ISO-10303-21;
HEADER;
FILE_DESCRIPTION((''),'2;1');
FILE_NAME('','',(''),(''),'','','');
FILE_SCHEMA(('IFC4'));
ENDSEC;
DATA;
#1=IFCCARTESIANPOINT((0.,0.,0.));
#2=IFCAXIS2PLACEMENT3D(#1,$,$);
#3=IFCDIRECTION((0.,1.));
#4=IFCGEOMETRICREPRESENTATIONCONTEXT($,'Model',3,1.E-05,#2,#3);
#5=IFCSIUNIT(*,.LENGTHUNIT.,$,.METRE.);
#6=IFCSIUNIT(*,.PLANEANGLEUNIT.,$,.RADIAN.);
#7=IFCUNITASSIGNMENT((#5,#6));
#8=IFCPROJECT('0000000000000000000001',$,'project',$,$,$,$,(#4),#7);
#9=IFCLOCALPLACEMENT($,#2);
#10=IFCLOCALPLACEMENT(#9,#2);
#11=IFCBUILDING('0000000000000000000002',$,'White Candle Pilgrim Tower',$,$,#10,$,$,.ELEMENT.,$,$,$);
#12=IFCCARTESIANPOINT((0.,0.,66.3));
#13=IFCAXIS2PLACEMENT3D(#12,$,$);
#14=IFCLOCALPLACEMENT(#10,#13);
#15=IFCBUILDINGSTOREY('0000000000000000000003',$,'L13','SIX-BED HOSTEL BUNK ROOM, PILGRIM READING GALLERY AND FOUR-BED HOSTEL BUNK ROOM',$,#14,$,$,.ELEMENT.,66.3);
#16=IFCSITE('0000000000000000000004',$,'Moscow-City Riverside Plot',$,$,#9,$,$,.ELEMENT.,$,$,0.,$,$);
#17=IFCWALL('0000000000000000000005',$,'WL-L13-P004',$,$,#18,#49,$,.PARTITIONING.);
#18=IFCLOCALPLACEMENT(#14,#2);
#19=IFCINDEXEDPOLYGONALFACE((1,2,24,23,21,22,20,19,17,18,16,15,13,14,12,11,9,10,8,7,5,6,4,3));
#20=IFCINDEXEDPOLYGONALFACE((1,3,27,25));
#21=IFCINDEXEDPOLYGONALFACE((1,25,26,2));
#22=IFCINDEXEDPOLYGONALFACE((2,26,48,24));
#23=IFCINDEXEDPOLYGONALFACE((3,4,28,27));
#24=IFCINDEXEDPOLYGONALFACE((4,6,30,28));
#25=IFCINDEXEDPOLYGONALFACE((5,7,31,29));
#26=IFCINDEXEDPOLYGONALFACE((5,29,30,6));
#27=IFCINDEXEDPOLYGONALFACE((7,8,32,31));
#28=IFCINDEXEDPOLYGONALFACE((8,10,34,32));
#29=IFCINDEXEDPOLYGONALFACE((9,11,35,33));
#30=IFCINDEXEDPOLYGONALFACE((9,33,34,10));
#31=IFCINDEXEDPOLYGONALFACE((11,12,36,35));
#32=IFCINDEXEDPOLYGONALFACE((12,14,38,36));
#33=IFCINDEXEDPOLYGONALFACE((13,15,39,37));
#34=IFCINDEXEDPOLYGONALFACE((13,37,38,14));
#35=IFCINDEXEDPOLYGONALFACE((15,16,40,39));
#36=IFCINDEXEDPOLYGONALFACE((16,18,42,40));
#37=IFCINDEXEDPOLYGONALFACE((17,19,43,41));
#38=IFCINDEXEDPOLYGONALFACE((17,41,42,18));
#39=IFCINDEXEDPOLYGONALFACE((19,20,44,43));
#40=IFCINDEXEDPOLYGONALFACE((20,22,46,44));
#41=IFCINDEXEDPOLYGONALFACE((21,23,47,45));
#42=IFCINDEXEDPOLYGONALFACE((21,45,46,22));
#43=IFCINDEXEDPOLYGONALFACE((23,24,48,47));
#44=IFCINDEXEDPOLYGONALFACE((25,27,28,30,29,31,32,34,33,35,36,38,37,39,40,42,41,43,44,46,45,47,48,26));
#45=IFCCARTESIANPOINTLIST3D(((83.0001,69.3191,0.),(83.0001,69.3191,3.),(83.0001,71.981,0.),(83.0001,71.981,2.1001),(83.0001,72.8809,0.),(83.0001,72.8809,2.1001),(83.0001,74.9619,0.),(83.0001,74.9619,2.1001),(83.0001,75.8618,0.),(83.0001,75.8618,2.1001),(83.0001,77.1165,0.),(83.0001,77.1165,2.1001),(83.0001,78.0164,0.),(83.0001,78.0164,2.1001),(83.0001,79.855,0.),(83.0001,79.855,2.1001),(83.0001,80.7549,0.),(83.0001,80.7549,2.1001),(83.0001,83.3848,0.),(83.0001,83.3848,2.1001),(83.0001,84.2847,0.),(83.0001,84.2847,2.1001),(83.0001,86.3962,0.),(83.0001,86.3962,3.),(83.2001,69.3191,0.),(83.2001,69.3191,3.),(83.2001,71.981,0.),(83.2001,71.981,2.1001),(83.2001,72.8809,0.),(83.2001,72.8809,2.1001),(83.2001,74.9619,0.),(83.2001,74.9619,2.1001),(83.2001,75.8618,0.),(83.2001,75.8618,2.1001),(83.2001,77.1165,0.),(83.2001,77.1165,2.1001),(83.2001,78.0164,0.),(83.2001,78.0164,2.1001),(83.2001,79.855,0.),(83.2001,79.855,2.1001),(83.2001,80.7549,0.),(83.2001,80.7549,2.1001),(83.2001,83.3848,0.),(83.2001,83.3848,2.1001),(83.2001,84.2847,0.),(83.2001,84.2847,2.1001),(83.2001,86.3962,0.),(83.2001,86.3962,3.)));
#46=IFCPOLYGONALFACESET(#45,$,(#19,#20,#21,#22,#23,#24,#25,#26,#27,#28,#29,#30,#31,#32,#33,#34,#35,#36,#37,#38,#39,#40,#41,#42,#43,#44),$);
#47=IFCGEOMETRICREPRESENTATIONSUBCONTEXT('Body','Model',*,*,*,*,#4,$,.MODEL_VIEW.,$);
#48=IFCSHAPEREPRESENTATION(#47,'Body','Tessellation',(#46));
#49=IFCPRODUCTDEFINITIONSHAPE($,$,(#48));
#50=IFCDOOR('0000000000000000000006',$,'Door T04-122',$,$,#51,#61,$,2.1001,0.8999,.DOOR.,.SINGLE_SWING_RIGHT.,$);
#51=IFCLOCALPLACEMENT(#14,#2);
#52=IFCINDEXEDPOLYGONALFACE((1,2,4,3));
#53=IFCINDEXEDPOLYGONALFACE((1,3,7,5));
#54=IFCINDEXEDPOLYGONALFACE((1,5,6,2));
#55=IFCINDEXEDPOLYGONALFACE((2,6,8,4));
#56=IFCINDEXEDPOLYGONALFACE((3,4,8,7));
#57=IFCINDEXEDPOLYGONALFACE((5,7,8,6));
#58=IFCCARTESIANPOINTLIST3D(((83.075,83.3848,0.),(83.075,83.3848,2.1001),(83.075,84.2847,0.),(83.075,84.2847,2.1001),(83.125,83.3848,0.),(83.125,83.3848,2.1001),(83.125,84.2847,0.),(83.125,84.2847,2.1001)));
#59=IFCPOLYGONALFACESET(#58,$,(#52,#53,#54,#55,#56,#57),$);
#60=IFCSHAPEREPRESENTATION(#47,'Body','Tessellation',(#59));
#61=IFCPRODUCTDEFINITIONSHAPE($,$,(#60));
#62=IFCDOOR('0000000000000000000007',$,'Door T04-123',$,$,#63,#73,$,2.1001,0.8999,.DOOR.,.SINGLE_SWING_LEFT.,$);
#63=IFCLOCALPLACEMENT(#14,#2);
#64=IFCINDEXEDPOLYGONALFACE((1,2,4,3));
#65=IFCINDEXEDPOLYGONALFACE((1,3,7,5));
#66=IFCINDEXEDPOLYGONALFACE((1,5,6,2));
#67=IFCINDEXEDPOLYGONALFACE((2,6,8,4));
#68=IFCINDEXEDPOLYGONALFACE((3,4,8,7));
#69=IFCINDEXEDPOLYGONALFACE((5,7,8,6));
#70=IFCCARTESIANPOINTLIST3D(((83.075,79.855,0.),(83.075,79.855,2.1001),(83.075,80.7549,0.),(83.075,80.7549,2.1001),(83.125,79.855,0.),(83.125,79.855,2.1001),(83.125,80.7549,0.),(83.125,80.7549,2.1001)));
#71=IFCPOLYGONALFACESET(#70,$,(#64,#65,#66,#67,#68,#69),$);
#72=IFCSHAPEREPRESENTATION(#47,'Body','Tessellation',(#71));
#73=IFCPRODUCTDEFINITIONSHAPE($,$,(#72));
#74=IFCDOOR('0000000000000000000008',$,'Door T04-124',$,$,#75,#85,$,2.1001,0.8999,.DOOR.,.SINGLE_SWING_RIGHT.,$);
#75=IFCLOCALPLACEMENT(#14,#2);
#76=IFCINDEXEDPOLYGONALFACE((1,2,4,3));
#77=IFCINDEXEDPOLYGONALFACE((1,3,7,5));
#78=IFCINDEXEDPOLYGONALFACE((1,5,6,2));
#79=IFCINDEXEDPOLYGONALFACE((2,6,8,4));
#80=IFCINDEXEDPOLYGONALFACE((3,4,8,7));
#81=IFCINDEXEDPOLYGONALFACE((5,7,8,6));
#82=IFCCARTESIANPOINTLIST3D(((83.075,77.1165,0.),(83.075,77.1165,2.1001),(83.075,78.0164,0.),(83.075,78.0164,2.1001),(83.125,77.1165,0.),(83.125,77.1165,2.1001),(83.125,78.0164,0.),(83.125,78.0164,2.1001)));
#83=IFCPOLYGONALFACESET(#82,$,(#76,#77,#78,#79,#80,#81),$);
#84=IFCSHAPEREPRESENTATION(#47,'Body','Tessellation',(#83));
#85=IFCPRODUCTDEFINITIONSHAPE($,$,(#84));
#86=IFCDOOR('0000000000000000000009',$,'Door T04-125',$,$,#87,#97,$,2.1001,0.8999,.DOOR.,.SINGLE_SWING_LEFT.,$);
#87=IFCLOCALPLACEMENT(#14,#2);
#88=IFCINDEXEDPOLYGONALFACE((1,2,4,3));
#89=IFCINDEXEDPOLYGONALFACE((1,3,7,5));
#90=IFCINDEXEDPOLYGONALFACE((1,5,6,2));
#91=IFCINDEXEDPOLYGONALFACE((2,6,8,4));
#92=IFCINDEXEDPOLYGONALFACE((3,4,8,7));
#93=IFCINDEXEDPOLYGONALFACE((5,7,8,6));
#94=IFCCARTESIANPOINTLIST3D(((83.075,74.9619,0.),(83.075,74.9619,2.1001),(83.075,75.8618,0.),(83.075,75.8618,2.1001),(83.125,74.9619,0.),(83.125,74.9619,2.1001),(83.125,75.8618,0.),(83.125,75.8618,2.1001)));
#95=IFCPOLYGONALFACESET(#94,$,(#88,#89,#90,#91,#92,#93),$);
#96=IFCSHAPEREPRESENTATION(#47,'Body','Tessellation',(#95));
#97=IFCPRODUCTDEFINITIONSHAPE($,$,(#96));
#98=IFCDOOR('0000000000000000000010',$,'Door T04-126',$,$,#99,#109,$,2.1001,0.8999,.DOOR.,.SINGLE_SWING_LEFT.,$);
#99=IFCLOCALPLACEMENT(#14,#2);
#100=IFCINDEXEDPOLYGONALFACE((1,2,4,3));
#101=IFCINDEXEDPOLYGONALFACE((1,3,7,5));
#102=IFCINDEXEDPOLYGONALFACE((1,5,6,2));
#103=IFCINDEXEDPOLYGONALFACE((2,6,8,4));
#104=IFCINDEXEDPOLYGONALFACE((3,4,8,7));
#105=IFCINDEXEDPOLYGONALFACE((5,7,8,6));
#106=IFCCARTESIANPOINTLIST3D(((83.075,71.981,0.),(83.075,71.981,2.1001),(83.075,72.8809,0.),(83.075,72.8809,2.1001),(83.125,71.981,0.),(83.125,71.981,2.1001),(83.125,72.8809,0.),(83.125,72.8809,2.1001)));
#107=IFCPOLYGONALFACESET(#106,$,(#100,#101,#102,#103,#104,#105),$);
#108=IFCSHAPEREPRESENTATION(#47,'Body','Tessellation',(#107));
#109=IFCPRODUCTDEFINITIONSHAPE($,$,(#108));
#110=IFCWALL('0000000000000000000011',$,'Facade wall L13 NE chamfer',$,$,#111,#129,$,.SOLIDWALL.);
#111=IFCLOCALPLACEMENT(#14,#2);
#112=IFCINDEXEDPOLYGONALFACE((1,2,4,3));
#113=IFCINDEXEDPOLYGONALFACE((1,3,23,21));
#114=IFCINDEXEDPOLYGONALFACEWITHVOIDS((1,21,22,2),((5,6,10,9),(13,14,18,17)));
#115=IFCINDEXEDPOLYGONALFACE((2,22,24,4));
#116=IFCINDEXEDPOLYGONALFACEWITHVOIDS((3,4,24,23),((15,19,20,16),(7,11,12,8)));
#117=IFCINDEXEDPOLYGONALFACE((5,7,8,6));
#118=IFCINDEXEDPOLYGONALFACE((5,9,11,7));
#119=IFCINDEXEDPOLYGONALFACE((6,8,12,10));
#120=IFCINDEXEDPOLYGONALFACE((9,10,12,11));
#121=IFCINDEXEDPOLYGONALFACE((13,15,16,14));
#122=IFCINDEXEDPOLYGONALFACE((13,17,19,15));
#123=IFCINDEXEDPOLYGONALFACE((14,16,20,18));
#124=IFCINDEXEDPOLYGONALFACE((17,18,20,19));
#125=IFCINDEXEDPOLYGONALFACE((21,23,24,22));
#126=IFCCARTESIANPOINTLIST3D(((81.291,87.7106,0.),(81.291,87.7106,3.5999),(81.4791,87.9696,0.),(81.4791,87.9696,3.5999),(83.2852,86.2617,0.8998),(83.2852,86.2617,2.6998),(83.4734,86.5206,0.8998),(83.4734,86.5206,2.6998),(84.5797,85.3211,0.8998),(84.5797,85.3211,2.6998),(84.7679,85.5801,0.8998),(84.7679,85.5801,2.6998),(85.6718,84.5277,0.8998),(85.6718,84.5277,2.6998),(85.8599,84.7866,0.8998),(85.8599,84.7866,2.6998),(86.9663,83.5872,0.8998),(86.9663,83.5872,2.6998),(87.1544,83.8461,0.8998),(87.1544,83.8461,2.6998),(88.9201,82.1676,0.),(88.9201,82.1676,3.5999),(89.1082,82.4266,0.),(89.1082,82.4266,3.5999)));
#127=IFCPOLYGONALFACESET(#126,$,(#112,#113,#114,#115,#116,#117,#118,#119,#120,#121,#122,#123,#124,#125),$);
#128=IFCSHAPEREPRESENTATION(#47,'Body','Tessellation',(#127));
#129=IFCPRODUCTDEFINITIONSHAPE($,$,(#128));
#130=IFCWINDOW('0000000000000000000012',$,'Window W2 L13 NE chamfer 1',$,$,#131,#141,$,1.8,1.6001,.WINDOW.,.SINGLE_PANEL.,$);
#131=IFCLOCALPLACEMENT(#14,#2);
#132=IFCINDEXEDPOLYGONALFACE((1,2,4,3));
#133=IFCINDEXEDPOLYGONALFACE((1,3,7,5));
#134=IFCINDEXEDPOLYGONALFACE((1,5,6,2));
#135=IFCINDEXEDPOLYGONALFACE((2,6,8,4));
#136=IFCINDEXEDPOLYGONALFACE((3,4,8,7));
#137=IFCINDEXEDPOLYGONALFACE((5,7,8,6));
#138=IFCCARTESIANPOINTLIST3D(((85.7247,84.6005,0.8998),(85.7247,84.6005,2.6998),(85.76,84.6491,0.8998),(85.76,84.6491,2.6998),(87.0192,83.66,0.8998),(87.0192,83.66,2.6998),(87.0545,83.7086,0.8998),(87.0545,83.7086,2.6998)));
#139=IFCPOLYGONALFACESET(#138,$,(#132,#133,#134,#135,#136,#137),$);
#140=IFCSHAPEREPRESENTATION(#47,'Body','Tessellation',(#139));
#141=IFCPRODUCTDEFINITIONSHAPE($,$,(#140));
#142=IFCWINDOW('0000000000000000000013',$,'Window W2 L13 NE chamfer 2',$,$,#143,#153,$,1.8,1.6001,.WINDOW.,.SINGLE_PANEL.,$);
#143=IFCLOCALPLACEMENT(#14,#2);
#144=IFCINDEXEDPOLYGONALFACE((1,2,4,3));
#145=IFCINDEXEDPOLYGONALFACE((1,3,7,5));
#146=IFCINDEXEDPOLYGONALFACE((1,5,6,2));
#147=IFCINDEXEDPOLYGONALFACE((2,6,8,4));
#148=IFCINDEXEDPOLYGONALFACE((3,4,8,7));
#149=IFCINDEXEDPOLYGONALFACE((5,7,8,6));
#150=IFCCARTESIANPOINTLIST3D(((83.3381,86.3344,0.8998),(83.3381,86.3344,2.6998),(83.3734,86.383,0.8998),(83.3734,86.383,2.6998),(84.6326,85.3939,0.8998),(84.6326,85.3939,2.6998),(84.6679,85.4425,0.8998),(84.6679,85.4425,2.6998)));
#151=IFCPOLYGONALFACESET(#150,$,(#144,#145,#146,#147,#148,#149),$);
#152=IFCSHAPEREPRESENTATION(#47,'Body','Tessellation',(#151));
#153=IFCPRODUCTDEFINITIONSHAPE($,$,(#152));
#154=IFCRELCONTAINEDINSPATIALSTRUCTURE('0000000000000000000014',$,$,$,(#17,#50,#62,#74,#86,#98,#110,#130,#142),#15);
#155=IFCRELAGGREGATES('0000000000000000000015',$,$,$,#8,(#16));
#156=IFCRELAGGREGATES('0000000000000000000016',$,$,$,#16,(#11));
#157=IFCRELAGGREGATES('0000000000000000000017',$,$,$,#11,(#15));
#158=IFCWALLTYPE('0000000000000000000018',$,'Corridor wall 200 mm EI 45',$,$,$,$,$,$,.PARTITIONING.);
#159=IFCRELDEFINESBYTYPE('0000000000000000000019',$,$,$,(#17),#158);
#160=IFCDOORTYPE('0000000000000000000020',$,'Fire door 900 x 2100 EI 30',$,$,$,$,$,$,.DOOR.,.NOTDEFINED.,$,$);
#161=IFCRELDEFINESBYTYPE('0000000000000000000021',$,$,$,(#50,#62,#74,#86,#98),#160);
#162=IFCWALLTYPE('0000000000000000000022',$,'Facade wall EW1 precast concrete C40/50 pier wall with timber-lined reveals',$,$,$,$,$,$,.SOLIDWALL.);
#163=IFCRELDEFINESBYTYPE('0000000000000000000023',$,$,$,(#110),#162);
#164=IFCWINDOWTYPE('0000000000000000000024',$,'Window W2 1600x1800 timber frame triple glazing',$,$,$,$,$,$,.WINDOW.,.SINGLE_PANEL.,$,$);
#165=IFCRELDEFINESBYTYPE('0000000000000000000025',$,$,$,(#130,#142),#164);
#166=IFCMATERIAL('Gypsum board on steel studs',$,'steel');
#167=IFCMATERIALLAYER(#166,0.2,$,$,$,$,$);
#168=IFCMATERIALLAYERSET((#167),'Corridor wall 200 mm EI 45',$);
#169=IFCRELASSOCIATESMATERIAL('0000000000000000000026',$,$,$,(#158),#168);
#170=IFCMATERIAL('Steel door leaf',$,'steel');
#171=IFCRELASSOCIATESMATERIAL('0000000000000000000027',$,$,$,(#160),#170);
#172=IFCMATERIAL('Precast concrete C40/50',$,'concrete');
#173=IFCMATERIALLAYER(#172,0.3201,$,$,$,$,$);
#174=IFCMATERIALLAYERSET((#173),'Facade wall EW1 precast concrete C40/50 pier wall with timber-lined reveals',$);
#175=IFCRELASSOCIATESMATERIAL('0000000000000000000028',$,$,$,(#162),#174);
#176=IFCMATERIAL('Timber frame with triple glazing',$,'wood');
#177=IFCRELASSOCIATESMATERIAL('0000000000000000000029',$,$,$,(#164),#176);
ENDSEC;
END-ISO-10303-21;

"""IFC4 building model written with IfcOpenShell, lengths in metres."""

from ifc_helpers import new_model, si_unit, direction, frame, frame_2d, origin, place, context, subcontext, project, spatial, rectangle, extrude, material, layer, layer_set, type_object, element, fill, save


model = new_model("IFC4")

# Units and contexts
model_context = context("Model", 3, precision=1e-05, world=origin(), true_north=direction((0.0, 1.0)))
body_context = subcontext(model_context, "Body", "Model", "MODEL_VIEW")
ifc_project = project(units=[si_unit("LENGTHUNIT", "METRE"), si_unit("PLANEANGLEUNIT", "RADIAN")], contexts=[model_context])

# Site, building, storey
site_placement = place(None, origin())
site = spatial("IfcSite", under=ifc_project, at=site_placement, Name="Moscow-City Riverside Plot", CompositionType="ELEMENT", RefElevation=0.0)
building_placement = place(site_placement, origin())
building = spatial("IfcBuilding", under=site, at=building_placement, Name="White Candle Pilgrim Tower", CompositionType="ELEMENT")
storey_placement = place(building_placement, frame((0.0, 0.0, 66.3)))
storey = spatial("IfcBuildingStorey", under=building, at=storey_placement, Name="L13", Description="SIX-BED HOSTEL BUNK ROOM, PILGRIM READING GALLERY AND FOUR-BED HOSTEL BUNK ROOM", CompositionType="ELEMENT", Elevation=66.3)

# Shared definitions
ifc_material_1 = material(Name="Steel door leaf", Category="steel")

# Wall, openings, doors
ifc_material_2 = material(Name="Gypsum board on steel studs", Category="steel")
ifc_layer_1 = layer(ifc_material_2, 0.2)
ifc_layer_set_1 = layer_set([ifc_layer_1], Name="Corridor wall 200 mm EI 45")
wall_type_1 = type_object("IfcWallType", Name="Corridor wall 200 mm EI 45", PredefinedType="PARTITIONING", material=ifc_layer_set_1)
wall_1_placement = place(storey_placement, frame((83.1001, 86.3962, 0.0), z_axis=(0.0, 0.0, 1.0), x_axis=(0.0, -1.0, 0.0)))
wall_1 = element("IfcWall", 1, at=wall_1_placement, inside=storey, type_object=wall_type_1, Name="WL-L13-P004", PredefinedType="PARTITIONING", context=body_context, shape_type="SweptSolid", body=[
    extrude(rectangle(XDim=17.0771, YDim=0.2, at=frame_2d((8.5386, 0.0))), origin(), (0.0, 0.0, 1.0), 3.0),
])
opening_1_placement = place(wall_1_placement, frame((2.1116, 0.0, 0.0)))
opening_1 = element("IfcOpeningElement", 2, at=opening_1_placement, cuts=wall_1, PredefinedType="OPENING", context=body_context, shape_type="SweptSolid", body=[
    extrude(rectangle(XDim=0.8999, YDim=2.1001, at=frame_2d((0.45, 1.05))), frame((0.0, 0.1099, 0.0), z_axis=(0.0, -1.0, 0.0), x_axis=(1.0, 0.0, 0.0)), (0.0, 0.0, 1.0), 0.22),
])
opening_2_placement = place(wall_1_placement, frame((5.6414, 0.0, 0.0)))
opening_2 = element("IfcOpeningElement", 3, at=opening_2_placement, cuts=wall_1, PredefinedType="OPENING", context=body_context, shape_type="SweptSolid", body=[
    extrude(rectangle(XDim=0.8999, YDim=2.1001, at=frame_2d((0.45, 1.05))), frame((0.0, 0.1099, 0.0), z_axis=(0.0, -1.0, 0.0), x_axis=(1.0, 0.0, 0.0)), (0.0, 0.0, 1.0), 0.22),
])
opening_3_placement = place(wall_1_placement, frame((8.3799, 0.0, 0.0)))
opening_3 = element("IfcOpeningElement", 4, at=opening_3_placement, cuts=wall_1, PredefinedType="OPENING", context=body_context, shape_type="SweptSolid", body=[
    extrude(rectangle(XDim=0.8999, YDim=2.1001, at=frame_2d((0.45, 1.05))), frame((0.0, 0.1099, 0.0), z_axis=(0.0, -1.0, 0.0), x_axis=(1.0, 0.0, 0.0)), (0.0, 0.0, 1.0), 0.22),
])
opening_4_placement = place(wall_1_placement, frame((10.5344, 0.0, 0.0)))
opening_4 = element("IfcOpeningElement", 5, at=opening_4_placement, cuts=wall_1, PredefinedType="OPENING", context=body_context, shape_type="SweptSolid", body=[
    extrude(rectangle(XDim=0.8999, YDim=2.1001, at=frame_2d((0.45, 1.05))), frame((0.0, 0.1099, 0.0), z_axis=(0.0, -1.0, 0.0), x_axis=(1.0, 0.0, 0.0)), (0.0, 0.0, 1.0), 0.22),
])
opening_5_placement = place(wall_1_placement, frame((13.5154, 0.0, 0.0)))
opening_5 = element("IfcOpeningElement", 6, at=opening_5_placement, cuts=wall_1, PredefinedType="OPENING", context=body_context, shape_type="SweptSolid", body=[
    extrude(rectangle(XDim=0.8999, YDim=2.1001, at=frame_2d((0.45, 1.05))), frame((0.0, 0.1099, 0.0), z_axis=(0.0, -1.0, 0.0), x_axis=(1.0, 0.0, 0.0)), (0.0, 0.0, 1.0), 0.22),
])
door_type_1 = type_object("IfcDoorType", Name="Fire door 900 x 2100 EI 30", OperationType="NOTDEFINED", PredefinedType="DOOR", material=ifc_material_1)
door_1_placement = place(opening_1_placement, origin())
door_1 = element("IfcDoor", 7, at=door_1_placement, inside=storey, type_object=door_type_1, Name="Door T04-122", OperationType="SINGLE_SWING_RIGHT", OverallHeight=2.1001, OverallWidth=0.8999, PredefinedType="DOOR", context=body_context, shape_type="SweptSolid", body=[
    extrude(rectangle(XDim=0.8999, YDim=2.1001, at=frame_2d((0.45, 1.05))), frame((0.0, 0.0249, 0.0), z_axis=(0.0, -1.0, 0.0), x_axis=(1.0, 0.0, 0.0)), (0.0, 0.0, 1.0), 0.05),
])
fill(opening_1, door_1)
door_2_placement = place(opening_2_placement, origin())
door_2 = element("IfcDoor", 8, at=door_2_placement, inside=storey, type_object=door_type_1, Name="Door T04-123", OperationType="SINGLE_SWING_LEFT", OverallHeight=2.1001, OverallWidth=0.8999, PredefinedType="DOOR", context=body_context, shape_type="SweptSolid", body=[
    extrude(rectangle(XDim=0.8999, YDim=2.1001, at=frame_2d((0.45, 1.05))), frame((0.0, 0.0249, 0.0), z_axis=(0.0, -1.0, 0.0), x_axis=(1.0, 0.0, 0.0)), (0.0, 0.0, 1.0), 0.05),
])
fill(opening_2, door_2)
door_3_placement = place(opening_3_placement, origin())
door_3 = element("IfcDoor", 9, at=door_3_placement, inside=storey, type_object=door_type_1, Name="Door T04-124", OperationType="SINGLE_SWING_RIGHT", OverallHeight=2.1001, OverallWidth=0.8999, PredefinedType="DOOR", context=body_context, shape_type="SweptSolid", body=[
    extrude(rectangle(XDim=0.8999, YDim=2.1001, at=frame_2d((0.45, 1.05))), frame((0.0, 0.0249, 0.0), z_axis=(0.0, -1.0, 0.0), x_axis=(1.0, 0.0, 0.0)), (0.0, 0.0, 1.0), 0.05),
])
fill(opening_3, door_3)
door_4_placement = place(opening_4_placement, origin())
door_4 = element("IfcDoor", 10, at=door_4_placement, inside=storey, type_object=door_type_1, Name="Door T04-125", OperationType="SINGLE_SWING_LEFT", OverallHeight=2.1001, OverallWidth=0.8999, PredefinedType="DOOR", context=body_context, shape_type="SweptSolid", body=[
    extrude(rectangle(XDim=0.8999, YDim=2.1001, at=frame_2d((0.45, 1.05))), frame((0.0, 0.0249, 0.0), z_axis=(0.0, -1.0, 0.0), x_axis=(1.0, 0.0, 0.0)), (0.0, 0.0, 1.0), 0.05),
])
fill(opening_4, door_4)
door_5_placement = place(opening_5_placement, origin())
door_5 = element("IfcDoor", 11, at=door_5_placement, inside=storey, type_object=door_type_1, Name="Door T04-126", OperationType="SINGLE_SWING_LEFT", OverallHeight=2.1001, OverallWidth=0.8999, PredefinedType="DOOR", context=body_context, shape_type="SweptSolid", body=[
    extrude(rectangle(XDim=0.8999, YDim=2.1001, at=frame_2d((0.45, 1.05))), frame((0.0, 0.0249, 0.0), z_axis=(0.0, -1.0, 0.0), x_axis=(1.0, 0.0, 0.0)), (0.0, 0.0, 1.0), 0.05),
])
fill(opening_5, door_5)

# Wall, openings, windows
ifc_material_3 = material(Name="Precast concrete C40/50", Category="concrete")
ifc_layer_2 = layer(ifc_material_3, 0.3201)
ifc_layer_set_2 = layer_set([ifc_layer_2], Name="Facade wall EW1 precast concrete C40/50 pier wall with timber-lined reveals")
wall_type_2 = type_object("IfcWallType", Name="Facade wall EW1 precast concrete C40/50 pier wall with timber-lined reveals", PredefinedType="SOLIDWALL", material=ifc_layer_set_2)
wall_2_placement = place(storey_placement, frame((89.0142, 82.2971, 0.0), z_axis=(0.0, 0.0, 1.0), x_axis=(-0.809014, 0.58779, 0.0)))
wall_2 = element("IfcWall", 12, at=wall_2_placement, inside=storey, type_object=wall_type_2, Name="Facade wall L13 NE chamfer", PredefinedType="SOLIDWALL", context=body_context, shape_type="SweptSolid", body=[
    extrude(rectangle(XDim=9.4302, YDim=0.3201, at=frame_2d((4.7151, 0.0))), origin(), (0.0, 0.0, 1.0), 3.5999),
])
opening_6_placement = place(wall_2_placement, frame((2.415, 0.0, 0.8999)))
opening_6 = element("IfcOpeningElement", 13, at=opening_6_placement, cuts=wall_2, PredefinedType="OPENING", context=body_context, shape_type="SweptSolid", body=[
    extrude(rectangle(XDim=1.6001, YDim=1.8, at=frame_2d((0.8, 0.8999))), frame((0.0, 0.1699, 0.0), z_axis=(0.0, -1.0, 0.0), x_axis=(1.0, 0.0, 0.0)), (0.0, 0.0, 1.0), 0.3401),
])
opening_7_placement = place(wall_2_placement, frame((5.365, 0.0, 0.8999)))
opening_7 = element("IfcOpeningElement", 14, at=opening_7_placement, cuts=wall_2, PredefinedType="OPENING", context=body_context, shape_type="SweptSolid", body=[
    extrude(rectangle(XDim=1.6001, YDim=1.8, at=frame_2d((0.8, 0.8999))), frame((0.0, 0.1699, 0.0), z_axis=(0.0, -1.0, 0.0), x_axis=(1.0, 0.0, 0.0)), (0.0, 0.0, 1.0), 0.3401),
])
ifc_material_4 = material(Name="Timber frame with triple glazing", Category="wood")
window_type = type_object("IfcWindowType", Name="Window W2 1600x1800 timber frame triple glazing", PartitioningType="SINGLE_PANEL", PredefinedType="WINDOW", material=ifc_material_4)
window_1_placement = place(opening_6_placement, origin())
window_1 = element("IfcWindow", 15, at=window_1_placement, inside=storey, type_object=window_type, Name="Window W2 L13 NE chamfer 1", OverallHeight=1.8, OverallWidth=1.6001, PartitioningType="SINGLE_PANEL", PredefinedType="WINDOW", context=body_context, shape_type="SweptSolid", body=[
    extrude(rectangle(XDim=1.6001, YDim=1.8, at=frame_2d((0.8, 0.8999))), frame((0.0, 0.0701, 0.0), z_axis=(0.0, -1.0, 0.0), x_axis=(1.0, 0.0, 0.0)), (0.0, 0.0, 1.0), 0.0601),
])
fill(opening_6, window_1)
window_2_placement = place(opening_7_placement, origin())
window_2 = element("IfcWindow", 16, at=window_2_placement, inside=storey, type_object=window_type, Name="Window W2 L13 NE chamfer 2", OverallHeight=1.8, OverallWidth=1.6001, PartitioningType="SINGLE_PANEL", PredefinedType="WINDOW", context=body_context, shape_type="SweptSolid", body=[
    extrude(rectangle(XDim=1.6001, YDim=1.8, at=frame_2d((0.8, 0.8999))), frame((0.0, 0.0701, 0.0), z_axis=(0.0, -1.0, 0.0), x_axis=(1.0, 0.0, 0.0)), (0.0, 0.0, 1.0), 0.0601),
])
fill(opening_7, window_2)

save(model, "model.ifc")
